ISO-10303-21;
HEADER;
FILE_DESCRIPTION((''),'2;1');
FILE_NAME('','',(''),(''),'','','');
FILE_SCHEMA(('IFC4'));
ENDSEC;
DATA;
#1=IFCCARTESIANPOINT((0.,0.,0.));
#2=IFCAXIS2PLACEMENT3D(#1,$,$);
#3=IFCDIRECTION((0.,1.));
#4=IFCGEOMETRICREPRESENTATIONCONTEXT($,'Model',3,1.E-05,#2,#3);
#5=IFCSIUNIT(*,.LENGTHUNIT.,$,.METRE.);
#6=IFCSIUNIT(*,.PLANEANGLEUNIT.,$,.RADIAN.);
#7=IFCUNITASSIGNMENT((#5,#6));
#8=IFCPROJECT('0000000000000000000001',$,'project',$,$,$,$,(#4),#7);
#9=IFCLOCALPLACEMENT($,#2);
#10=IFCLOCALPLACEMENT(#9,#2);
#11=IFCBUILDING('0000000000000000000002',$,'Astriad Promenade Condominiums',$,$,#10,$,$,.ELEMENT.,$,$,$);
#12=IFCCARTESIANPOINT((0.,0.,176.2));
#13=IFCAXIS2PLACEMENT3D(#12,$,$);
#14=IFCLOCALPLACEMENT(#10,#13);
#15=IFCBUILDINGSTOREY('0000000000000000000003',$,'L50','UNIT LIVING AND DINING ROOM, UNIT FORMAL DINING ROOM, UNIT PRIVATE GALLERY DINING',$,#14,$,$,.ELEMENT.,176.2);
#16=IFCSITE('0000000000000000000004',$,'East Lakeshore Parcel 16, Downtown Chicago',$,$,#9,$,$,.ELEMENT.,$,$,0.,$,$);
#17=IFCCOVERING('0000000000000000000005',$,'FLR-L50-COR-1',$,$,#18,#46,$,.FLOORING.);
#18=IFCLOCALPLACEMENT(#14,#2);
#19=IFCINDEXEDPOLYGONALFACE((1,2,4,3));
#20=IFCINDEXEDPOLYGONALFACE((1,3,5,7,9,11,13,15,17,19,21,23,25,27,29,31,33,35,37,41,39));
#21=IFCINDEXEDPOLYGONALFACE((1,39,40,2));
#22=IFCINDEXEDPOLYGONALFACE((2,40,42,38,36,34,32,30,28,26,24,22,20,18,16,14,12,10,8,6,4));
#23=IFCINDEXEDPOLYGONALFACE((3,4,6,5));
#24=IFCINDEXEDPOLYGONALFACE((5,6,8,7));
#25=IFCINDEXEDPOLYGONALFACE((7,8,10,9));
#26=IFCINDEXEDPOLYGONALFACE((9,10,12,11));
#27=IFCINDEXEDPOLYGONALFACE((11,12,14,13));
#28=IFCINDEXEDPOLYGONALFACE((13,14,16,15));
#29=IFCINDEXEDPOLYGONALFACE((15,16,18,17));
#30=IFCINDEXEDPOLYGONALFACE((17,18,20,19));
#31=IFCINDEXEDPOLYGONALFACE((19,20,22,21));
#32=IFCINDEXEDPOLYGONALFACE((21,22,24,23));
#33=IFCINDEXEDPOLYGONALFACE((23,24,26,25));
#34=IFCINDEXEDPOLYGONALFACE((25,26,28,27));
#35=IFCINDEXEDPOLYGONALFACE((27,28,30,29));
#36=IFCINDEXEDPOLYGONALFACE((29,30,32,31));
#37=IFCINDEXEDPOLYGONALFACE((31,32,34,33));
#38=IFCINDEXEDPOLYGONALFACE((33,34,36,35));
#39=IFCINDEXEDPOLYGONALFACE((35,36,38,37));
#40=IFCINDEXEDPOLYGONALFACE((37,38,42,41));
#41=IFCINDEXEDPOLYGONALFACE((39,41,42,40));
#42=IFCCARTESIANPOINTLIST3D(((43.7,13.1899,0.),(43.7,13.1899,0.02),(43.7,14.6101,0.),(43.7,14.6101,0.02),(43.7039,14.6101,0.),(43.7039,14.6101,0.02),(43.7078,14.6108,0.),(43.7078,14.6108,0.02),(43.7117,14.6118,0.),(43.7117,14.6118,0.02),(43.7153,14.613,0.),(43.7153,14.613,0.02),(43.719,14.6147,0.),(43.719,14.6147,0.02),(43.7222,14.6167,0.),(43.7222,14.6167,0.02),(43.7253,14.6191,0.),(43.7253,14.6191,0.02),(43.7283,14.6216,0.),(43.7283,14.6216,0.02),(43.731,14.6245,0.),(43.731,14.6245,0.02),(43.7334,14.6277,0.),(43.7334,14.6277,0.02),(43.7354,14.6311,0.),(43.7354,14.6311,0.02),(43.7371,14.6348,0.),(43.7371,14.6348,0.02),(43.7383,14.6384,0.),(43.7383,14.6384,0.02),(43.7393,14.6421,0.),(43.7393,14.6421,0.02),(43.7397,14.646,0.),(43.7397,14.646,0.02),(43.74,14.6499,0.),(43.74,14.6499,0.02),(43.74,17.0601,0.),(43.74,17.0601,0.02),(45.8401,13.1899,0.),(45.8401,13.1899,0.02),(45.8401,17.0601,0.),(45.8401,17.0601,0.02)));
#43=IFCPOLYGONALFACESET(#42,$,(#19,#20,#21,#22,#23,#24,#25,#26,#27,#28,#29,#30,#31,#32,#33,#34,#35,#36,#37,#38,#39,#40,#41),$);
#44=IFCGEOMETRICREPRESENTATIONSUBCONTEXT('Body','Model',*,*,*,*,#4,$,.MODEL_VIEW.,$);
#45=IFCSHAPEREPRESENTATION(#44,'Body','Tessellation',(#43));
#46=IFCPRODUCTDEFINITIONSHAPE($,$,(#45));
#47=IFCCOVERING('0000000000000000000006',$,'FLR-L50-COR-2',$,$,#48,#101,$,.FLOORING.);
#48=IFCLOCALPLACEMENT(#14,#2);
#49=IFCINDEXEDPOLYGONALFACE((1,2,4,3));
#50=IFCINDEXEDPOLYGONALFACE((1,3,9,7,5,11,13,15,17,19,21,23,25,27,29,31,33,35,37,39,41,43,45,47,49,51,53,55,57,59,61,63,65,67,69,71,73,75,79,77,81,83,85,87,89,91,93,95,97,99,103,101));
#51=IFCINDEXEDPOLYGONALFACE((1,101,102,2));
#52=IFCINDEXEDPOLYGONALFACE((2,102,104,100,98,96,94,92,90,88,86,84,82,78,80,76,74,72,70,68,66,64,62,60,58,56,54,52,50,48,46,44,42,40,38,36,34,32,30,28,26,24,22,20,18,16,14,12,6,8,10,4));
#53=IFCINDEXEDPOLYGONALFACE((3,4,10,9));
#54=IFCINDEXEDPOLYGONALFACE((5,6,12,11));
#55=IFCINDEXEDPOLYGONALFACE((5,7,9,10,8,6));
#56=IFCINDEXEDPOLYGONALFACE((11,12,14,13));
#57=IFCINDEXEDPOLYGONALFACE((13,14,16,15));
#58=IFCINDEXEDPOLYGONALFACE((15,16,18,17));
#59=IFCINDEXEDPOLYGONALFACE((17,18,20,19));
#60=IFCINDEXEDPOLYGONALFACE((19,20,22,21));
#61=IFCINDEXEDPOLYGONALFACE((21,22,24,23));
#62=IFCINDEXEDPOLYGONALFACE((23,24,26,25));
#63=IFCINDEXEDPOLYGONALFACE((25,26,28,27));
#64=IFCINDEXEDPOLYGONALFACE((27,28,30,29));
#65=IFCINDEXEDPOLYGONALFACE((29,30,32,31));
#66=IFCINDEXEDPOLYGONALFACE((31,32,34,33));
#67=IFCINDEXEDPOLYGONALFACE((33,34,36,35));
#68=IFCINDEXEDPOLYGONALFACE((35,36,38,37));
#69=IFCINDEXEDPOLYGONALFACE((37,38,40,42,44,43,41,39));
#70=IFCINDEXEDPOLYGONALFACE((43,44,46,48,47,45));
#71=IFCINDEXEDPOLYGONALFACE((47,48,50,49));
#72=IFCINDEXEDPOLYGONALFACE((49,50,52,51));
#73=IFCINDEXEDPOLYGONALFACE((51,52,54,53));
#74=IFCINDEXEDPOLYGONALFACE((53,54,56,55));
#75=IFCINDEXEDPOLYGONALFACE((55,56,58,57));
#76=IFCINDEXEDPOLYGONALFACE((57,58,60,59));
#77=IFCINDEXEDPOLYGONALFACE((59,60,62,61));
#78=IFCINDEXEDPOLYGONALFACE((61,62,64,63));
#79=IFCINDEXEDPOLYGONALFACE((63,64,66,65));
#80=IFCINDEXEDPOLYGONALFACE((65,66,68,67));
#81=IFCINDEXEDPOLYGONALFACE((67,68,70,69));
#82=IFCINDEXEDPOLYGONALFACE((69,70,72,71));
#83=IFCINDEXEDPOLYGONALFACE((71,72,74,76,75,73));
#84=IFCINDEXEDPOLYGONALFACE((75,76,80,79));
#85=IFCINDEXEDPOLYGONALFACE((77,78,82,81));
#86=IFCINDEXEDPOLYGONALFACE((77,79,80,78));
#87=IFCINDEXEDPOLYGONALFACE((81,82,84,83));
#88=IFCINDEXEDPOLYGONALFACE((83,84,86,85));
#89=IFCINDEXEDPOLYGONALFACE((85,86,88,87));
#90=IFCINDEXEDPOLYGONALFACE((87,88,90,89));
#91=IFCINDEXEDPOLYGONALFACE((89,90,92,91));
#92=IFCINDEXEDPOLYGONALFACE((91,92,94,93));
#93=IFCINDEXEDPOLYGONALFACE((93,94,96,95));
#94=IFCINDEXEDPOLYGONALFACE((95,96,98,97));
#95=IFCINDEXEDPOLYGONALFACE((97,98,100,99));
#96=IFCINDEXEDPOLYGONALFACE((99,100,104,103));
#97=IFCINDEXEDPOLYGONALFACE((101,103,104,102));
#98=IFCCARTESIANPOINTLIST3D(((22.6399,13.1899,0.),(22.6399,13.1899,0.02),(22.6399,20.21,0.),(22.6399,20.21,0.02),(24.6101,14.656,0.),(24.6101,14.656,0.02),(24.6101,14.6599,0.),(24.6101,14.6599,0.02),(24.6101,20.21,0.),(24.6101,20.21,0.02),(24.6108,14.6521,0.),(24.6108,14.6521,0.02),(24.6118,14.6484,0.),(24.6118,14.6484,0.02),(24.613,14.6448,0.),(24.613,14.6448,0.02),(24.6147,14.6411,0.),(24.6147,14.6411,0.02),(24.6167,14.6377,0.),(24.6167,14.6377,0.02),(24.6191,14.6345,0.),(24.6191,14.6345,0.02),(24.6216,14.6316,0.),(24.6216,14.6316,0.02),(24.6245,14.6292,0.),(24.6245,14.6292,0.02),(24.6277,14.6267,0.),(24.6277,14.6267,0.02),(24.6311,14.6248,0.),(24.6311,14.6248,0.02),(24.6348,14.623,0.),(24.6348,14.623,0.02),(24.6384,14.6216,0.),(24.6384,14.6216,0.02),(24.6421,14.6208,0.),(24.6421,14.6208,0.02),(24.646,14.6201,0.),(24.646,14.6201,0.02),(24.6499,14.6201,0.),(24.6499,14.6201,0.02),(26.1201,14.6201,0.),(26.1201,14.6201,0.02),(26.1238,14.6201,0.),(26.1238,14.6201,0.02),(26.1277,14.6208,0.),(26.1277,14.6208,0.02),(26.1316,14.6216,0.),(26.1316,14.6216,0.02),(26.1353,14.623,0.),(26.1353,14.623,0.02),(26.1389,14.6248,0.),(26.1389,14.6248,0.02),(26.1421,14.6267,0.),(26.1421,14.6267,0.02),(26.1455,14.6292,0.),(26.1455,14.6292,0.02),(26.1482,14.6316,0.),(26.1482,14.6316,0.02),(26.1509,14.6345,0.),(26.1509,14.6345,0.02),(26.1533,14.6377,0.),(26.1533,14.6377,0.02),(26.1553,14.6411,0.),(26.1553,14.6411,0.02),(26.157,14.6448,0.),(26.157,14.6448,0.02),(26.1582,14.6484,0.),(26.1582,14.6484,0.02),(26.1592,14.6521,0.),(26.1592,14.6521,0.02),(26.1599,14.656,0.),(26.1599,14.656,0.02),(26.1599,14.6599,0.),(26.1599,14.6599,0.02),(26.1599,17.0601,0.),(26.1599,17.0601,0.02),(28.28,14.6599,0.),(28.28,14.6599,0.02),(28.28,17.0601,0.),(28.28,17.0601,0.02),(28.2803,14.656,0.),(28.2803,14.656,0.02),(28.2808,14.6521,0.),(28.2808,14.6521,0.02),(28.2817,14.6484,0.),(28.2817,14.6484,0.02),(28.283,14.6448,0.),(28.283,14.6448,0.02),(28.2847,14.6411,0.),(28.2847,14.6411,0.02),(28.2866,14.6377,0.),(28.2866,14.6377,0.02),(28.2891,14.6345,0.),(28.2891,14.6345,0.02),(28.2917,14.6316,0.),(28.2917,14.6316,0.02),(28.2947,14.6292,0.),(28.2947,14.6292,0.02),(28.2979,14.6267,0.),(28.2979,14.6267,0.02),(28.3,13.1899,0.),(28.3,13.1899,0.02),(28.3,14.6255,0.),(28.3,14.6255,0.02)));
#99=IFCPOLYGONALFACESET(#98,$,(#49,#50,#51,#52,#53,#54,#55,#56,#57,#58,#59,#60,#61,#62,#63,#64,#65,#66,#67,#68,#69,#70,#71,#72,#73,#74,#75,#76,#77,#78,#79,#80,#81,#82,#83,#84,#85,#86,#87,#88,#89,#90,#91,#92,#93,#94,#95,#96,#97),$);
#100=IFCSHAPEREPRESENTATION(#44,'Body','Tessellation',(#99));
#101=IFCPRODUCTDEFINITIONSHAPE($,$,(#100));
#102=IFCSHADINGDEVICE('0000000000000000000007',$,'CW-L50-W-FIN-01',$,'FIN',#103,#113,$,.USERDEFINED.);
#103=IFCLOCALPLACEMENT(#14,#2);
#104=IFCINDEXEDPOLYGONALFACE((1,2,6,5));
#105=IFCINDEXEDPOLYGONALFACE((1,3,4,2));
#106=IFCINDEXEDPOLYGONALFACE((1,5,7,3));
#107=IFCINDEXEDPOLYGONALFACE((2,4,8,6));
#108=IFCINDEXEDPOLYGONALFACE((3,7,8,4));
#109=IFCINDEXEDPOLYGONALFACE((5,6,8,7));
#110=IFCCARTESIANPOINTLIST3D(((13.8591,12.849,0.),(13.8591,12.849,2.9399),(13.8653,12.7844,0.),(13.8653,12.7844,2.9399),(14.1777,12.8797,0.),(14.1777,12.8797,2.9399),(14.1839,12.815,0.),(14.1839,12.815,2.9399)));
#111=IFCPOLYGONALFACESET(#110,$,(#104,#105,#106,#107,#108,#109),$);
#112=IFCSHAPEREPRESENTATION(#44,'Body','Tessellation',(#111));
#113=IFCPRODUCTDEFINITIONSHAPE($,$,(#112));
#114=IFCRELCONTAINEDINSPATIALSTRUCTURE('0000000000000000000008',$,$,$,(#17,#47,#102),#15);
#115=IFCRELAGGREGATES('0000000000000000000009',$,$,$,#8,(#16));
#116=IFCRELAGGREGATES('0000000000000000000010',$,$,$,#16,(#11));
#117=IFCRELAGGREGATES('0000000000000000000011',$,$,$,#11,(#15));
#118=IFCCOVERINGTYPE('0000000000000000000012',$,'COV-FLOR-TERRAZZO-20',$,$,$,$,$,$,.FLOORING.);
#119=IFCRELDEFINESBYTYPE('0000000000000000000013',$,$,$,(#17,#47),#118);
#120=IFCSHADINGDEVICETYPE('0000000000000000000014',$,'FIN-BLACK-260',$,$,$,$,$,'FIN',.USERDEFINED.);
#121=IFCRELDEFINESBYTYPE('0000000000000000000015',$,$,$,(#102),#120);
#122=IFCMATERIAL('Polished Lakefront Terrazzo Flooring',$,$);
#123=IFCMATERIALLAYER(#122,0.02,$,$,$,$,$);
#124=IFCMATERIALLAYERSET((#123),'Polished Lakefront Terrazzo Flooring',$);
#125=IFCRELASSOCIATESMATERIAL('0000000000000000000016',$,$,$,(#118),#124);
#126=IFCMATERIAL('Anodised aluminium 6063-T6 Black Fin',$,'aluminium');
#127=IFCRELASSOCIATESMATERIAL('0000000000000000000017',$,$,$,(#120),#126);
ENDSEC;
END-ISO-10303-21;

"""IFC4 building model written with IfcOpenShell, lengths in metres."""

from ifc_helpers import new_model, si_unit, direction, frame, origin, origin_2d, place, context, subcontext, project, spatial, polyline, rectangle, outline, extrude, source, transform, mapped, material, layer, layer_set, type_object, type_shapes, element, save


model = new_model("IFC4")

# Units and contexts
model_context = context("Model", 3, precision=1e-05, world=origin(), true_north=direction((0.0, 1.0)))
body_context = subcontext(model_context, "Body", "Model", "MODEL_VIEW")
ifc_project = project(units=[si_unit("LENGTHUNIT", "METRE"), si_unit("PLANEANGLEUNIT", "RADIAN")], contexts=[model_context])

# Site, building, storey
site_placement = place(None, origin())
site = spatial("IfcSite", under=ifc_project, at=site_placement, Name="East Lakeshore Parcel 16, Downtown Chicago", CompositionType="ELEMENT", RefElevation=0.0)
building_placement = place(site_placement, origin())
building = spatial("IfcBuilding", under=site, at=building_placement, Name="Astriad Promenade Condominiums", CompositionType="ELEMENT")
storey_placement = place(building_placement, frame((0.0, 0.0, 176.2)))
storey = spatial("IfcBuildingStorey", under=building, at=storey_placement, Name="L50", Description="UNIT LIVING AND DINING ROOM, UNIT FORMAL DINING ROOM, UNIT PRIVATE GALLERY DINING", CompositionType="ELEMENT", Elevation=176.2)

# Coverings
ifc_material_1 = material(Name="Polished Lakefront Terrazzo Flooring")
ifc_layer_1 = layer(ifc_material_1, 0.02)
ifc_layer_set_1 = layer_set([ifc_layer_1], Name="Polished Lakefront Terrazzo Flooring")
covering_type = type_object("IfcCoveringType", Name="COV-FLOR-TERRAZZO-20", PredefinedType="FLOORING", material=ifc_layer_set_1)
covering_1_placement = place(storey_placement, origin())
element("IfcCovering", 1, at=covering_1_placement, inside=storey, type_object=covering_type, Name="FLR-L50-COR-1", PredefinedType="FLOORING", context=body_context, shape_type="SweptSolid", body=[
    extrude(outline(polyline([(43.7, 13.1899), (43.7, 14.6101), (43.7039, 14.6101), (43.7078, 14.6108), (43.7117, 14.6118), (43.7153, 14.613), (43.719, 14.6147), (43.7222, 14.6167), (43.7253, 14.6191), (43.7283, 14.6216), (43.731, 14.6245), (43.7334, 14.6277), (43.7354, 14.6311), (43.7371, 14.6348), (43.7383, 14.6384), (43.7393, 14.6421), (43.7397, 14.646), (43.74, 14.6499), (43.74, 17.0601), (45.8401, 17.0601), (45.8401, 13.1899), (43.7, 13.1899)])), origin(), (0.0, 0.0, 1.0), 0.02),
])
covering_2_placement = place(storey_placement, origin())
element("IfcCovering", 2, at=covering_2_placement, inside=storey, type_object=covering_type, Name="FLR-L50-COR-2", PredefinedType="FLOORING", context=body_context, shape_type="SweptSolid", body=[
    extrude(outline(polyline([(28.3, 13.1899), (22.6399, 13.1899), (22.6399, 20.21), (24.6101, 20.21), (24.6101, 14.6599), (24.6101, 14.656), (24.6108, 14.6521), (24.6118, 14.6484), (24.613, 14.6448), (24.6147, 14.6411), (24.6167, 14.6377), (24.6191, 14.6345), (24.6216, 14.6316), (24.6245, 14.6292), (24.6277, 14.6267), (24.6311, 14.6248), (24.6348, 14.623), (24.6384, 14.6216), (24.6421, 14.6208), (24.646, 14.6201), (24.6499, 14.6201), (26.1201, 14.6201), (26.1238, 14.6201), (26.1277, 14.6208), (26.1316, 14.6216), (26.1353, 14.623), (26.1389, 14.6248), (26.1421, 14.6267), (26.1455, 14.6292), (26.1482, 14.6316), (26.1509, 14.6345), (26.1533, 14.6377), (26.1553, 14.6411), (26.157, 14.6448), (26.1582, 14.6484), (26.1592, 14.6521), (26.1599, 14.656), (26.1599, 14.6599), (26.1599, 17.0601), (28.28, 17.0601), (28.28, 14.6599), (28.2803, 14.656), (28.2808, 14.6521), (28.2817, 14.6484), (28.283, 14.6448), (28.2847, 14.6411), (28.2866, 14.6377), (28.2891, 14.6345), (28.2917, 14.6316), (28.2947, 14.6292), (28.2979, 14.6267), (28.3, 14.6255), (28.3, 13.1899)])), origin(), (0.0, 0.0, 1.0), 0.02),
])

# Shading device
ifc_material_2 = material(Name="Anodised aluminium 6063-T6 Black Fin", Category="aluminium")
shading_device_type = type_object("IfcShadingDeviceType", Name="FIN-BLACK-260", ElementType="FIN", PredefinedType="USERDEFINED", material=ifc_material_2)
shared_shape_1 = source(origin(), body_context, "Body", "SweptSolid", [
    extrude(rectangle(XDim=0.0649, YDim=0.3201, at=origin_2d()), origin(), (0.0, 0.0, 1.0), 2.9399),
])
type_shapes(shading_device_type, [shared_shape_1])
shading_device_placement = place(storey_placement, frame((14.0215, 12.832, 0.0), z_axis=(0.0, 0.0, 1.0), x_axis=(-0.095846, 0.995396, 0.0)))
element("IfcShadingDevice", 3, at=shading_device_placement, inside=storey, type_object=shading_device_type, Name="CW-L50-W-FIN-01", ObjectType="FIN", PredefinedType="USERDEFINED", context=body_context, shape_type="MappedRepresentation", body=[
    mapped(shared_shape_1, transform((0.0, 0.0, 0.0), scale=1.0)),
])

save(model, "model.ifc")
